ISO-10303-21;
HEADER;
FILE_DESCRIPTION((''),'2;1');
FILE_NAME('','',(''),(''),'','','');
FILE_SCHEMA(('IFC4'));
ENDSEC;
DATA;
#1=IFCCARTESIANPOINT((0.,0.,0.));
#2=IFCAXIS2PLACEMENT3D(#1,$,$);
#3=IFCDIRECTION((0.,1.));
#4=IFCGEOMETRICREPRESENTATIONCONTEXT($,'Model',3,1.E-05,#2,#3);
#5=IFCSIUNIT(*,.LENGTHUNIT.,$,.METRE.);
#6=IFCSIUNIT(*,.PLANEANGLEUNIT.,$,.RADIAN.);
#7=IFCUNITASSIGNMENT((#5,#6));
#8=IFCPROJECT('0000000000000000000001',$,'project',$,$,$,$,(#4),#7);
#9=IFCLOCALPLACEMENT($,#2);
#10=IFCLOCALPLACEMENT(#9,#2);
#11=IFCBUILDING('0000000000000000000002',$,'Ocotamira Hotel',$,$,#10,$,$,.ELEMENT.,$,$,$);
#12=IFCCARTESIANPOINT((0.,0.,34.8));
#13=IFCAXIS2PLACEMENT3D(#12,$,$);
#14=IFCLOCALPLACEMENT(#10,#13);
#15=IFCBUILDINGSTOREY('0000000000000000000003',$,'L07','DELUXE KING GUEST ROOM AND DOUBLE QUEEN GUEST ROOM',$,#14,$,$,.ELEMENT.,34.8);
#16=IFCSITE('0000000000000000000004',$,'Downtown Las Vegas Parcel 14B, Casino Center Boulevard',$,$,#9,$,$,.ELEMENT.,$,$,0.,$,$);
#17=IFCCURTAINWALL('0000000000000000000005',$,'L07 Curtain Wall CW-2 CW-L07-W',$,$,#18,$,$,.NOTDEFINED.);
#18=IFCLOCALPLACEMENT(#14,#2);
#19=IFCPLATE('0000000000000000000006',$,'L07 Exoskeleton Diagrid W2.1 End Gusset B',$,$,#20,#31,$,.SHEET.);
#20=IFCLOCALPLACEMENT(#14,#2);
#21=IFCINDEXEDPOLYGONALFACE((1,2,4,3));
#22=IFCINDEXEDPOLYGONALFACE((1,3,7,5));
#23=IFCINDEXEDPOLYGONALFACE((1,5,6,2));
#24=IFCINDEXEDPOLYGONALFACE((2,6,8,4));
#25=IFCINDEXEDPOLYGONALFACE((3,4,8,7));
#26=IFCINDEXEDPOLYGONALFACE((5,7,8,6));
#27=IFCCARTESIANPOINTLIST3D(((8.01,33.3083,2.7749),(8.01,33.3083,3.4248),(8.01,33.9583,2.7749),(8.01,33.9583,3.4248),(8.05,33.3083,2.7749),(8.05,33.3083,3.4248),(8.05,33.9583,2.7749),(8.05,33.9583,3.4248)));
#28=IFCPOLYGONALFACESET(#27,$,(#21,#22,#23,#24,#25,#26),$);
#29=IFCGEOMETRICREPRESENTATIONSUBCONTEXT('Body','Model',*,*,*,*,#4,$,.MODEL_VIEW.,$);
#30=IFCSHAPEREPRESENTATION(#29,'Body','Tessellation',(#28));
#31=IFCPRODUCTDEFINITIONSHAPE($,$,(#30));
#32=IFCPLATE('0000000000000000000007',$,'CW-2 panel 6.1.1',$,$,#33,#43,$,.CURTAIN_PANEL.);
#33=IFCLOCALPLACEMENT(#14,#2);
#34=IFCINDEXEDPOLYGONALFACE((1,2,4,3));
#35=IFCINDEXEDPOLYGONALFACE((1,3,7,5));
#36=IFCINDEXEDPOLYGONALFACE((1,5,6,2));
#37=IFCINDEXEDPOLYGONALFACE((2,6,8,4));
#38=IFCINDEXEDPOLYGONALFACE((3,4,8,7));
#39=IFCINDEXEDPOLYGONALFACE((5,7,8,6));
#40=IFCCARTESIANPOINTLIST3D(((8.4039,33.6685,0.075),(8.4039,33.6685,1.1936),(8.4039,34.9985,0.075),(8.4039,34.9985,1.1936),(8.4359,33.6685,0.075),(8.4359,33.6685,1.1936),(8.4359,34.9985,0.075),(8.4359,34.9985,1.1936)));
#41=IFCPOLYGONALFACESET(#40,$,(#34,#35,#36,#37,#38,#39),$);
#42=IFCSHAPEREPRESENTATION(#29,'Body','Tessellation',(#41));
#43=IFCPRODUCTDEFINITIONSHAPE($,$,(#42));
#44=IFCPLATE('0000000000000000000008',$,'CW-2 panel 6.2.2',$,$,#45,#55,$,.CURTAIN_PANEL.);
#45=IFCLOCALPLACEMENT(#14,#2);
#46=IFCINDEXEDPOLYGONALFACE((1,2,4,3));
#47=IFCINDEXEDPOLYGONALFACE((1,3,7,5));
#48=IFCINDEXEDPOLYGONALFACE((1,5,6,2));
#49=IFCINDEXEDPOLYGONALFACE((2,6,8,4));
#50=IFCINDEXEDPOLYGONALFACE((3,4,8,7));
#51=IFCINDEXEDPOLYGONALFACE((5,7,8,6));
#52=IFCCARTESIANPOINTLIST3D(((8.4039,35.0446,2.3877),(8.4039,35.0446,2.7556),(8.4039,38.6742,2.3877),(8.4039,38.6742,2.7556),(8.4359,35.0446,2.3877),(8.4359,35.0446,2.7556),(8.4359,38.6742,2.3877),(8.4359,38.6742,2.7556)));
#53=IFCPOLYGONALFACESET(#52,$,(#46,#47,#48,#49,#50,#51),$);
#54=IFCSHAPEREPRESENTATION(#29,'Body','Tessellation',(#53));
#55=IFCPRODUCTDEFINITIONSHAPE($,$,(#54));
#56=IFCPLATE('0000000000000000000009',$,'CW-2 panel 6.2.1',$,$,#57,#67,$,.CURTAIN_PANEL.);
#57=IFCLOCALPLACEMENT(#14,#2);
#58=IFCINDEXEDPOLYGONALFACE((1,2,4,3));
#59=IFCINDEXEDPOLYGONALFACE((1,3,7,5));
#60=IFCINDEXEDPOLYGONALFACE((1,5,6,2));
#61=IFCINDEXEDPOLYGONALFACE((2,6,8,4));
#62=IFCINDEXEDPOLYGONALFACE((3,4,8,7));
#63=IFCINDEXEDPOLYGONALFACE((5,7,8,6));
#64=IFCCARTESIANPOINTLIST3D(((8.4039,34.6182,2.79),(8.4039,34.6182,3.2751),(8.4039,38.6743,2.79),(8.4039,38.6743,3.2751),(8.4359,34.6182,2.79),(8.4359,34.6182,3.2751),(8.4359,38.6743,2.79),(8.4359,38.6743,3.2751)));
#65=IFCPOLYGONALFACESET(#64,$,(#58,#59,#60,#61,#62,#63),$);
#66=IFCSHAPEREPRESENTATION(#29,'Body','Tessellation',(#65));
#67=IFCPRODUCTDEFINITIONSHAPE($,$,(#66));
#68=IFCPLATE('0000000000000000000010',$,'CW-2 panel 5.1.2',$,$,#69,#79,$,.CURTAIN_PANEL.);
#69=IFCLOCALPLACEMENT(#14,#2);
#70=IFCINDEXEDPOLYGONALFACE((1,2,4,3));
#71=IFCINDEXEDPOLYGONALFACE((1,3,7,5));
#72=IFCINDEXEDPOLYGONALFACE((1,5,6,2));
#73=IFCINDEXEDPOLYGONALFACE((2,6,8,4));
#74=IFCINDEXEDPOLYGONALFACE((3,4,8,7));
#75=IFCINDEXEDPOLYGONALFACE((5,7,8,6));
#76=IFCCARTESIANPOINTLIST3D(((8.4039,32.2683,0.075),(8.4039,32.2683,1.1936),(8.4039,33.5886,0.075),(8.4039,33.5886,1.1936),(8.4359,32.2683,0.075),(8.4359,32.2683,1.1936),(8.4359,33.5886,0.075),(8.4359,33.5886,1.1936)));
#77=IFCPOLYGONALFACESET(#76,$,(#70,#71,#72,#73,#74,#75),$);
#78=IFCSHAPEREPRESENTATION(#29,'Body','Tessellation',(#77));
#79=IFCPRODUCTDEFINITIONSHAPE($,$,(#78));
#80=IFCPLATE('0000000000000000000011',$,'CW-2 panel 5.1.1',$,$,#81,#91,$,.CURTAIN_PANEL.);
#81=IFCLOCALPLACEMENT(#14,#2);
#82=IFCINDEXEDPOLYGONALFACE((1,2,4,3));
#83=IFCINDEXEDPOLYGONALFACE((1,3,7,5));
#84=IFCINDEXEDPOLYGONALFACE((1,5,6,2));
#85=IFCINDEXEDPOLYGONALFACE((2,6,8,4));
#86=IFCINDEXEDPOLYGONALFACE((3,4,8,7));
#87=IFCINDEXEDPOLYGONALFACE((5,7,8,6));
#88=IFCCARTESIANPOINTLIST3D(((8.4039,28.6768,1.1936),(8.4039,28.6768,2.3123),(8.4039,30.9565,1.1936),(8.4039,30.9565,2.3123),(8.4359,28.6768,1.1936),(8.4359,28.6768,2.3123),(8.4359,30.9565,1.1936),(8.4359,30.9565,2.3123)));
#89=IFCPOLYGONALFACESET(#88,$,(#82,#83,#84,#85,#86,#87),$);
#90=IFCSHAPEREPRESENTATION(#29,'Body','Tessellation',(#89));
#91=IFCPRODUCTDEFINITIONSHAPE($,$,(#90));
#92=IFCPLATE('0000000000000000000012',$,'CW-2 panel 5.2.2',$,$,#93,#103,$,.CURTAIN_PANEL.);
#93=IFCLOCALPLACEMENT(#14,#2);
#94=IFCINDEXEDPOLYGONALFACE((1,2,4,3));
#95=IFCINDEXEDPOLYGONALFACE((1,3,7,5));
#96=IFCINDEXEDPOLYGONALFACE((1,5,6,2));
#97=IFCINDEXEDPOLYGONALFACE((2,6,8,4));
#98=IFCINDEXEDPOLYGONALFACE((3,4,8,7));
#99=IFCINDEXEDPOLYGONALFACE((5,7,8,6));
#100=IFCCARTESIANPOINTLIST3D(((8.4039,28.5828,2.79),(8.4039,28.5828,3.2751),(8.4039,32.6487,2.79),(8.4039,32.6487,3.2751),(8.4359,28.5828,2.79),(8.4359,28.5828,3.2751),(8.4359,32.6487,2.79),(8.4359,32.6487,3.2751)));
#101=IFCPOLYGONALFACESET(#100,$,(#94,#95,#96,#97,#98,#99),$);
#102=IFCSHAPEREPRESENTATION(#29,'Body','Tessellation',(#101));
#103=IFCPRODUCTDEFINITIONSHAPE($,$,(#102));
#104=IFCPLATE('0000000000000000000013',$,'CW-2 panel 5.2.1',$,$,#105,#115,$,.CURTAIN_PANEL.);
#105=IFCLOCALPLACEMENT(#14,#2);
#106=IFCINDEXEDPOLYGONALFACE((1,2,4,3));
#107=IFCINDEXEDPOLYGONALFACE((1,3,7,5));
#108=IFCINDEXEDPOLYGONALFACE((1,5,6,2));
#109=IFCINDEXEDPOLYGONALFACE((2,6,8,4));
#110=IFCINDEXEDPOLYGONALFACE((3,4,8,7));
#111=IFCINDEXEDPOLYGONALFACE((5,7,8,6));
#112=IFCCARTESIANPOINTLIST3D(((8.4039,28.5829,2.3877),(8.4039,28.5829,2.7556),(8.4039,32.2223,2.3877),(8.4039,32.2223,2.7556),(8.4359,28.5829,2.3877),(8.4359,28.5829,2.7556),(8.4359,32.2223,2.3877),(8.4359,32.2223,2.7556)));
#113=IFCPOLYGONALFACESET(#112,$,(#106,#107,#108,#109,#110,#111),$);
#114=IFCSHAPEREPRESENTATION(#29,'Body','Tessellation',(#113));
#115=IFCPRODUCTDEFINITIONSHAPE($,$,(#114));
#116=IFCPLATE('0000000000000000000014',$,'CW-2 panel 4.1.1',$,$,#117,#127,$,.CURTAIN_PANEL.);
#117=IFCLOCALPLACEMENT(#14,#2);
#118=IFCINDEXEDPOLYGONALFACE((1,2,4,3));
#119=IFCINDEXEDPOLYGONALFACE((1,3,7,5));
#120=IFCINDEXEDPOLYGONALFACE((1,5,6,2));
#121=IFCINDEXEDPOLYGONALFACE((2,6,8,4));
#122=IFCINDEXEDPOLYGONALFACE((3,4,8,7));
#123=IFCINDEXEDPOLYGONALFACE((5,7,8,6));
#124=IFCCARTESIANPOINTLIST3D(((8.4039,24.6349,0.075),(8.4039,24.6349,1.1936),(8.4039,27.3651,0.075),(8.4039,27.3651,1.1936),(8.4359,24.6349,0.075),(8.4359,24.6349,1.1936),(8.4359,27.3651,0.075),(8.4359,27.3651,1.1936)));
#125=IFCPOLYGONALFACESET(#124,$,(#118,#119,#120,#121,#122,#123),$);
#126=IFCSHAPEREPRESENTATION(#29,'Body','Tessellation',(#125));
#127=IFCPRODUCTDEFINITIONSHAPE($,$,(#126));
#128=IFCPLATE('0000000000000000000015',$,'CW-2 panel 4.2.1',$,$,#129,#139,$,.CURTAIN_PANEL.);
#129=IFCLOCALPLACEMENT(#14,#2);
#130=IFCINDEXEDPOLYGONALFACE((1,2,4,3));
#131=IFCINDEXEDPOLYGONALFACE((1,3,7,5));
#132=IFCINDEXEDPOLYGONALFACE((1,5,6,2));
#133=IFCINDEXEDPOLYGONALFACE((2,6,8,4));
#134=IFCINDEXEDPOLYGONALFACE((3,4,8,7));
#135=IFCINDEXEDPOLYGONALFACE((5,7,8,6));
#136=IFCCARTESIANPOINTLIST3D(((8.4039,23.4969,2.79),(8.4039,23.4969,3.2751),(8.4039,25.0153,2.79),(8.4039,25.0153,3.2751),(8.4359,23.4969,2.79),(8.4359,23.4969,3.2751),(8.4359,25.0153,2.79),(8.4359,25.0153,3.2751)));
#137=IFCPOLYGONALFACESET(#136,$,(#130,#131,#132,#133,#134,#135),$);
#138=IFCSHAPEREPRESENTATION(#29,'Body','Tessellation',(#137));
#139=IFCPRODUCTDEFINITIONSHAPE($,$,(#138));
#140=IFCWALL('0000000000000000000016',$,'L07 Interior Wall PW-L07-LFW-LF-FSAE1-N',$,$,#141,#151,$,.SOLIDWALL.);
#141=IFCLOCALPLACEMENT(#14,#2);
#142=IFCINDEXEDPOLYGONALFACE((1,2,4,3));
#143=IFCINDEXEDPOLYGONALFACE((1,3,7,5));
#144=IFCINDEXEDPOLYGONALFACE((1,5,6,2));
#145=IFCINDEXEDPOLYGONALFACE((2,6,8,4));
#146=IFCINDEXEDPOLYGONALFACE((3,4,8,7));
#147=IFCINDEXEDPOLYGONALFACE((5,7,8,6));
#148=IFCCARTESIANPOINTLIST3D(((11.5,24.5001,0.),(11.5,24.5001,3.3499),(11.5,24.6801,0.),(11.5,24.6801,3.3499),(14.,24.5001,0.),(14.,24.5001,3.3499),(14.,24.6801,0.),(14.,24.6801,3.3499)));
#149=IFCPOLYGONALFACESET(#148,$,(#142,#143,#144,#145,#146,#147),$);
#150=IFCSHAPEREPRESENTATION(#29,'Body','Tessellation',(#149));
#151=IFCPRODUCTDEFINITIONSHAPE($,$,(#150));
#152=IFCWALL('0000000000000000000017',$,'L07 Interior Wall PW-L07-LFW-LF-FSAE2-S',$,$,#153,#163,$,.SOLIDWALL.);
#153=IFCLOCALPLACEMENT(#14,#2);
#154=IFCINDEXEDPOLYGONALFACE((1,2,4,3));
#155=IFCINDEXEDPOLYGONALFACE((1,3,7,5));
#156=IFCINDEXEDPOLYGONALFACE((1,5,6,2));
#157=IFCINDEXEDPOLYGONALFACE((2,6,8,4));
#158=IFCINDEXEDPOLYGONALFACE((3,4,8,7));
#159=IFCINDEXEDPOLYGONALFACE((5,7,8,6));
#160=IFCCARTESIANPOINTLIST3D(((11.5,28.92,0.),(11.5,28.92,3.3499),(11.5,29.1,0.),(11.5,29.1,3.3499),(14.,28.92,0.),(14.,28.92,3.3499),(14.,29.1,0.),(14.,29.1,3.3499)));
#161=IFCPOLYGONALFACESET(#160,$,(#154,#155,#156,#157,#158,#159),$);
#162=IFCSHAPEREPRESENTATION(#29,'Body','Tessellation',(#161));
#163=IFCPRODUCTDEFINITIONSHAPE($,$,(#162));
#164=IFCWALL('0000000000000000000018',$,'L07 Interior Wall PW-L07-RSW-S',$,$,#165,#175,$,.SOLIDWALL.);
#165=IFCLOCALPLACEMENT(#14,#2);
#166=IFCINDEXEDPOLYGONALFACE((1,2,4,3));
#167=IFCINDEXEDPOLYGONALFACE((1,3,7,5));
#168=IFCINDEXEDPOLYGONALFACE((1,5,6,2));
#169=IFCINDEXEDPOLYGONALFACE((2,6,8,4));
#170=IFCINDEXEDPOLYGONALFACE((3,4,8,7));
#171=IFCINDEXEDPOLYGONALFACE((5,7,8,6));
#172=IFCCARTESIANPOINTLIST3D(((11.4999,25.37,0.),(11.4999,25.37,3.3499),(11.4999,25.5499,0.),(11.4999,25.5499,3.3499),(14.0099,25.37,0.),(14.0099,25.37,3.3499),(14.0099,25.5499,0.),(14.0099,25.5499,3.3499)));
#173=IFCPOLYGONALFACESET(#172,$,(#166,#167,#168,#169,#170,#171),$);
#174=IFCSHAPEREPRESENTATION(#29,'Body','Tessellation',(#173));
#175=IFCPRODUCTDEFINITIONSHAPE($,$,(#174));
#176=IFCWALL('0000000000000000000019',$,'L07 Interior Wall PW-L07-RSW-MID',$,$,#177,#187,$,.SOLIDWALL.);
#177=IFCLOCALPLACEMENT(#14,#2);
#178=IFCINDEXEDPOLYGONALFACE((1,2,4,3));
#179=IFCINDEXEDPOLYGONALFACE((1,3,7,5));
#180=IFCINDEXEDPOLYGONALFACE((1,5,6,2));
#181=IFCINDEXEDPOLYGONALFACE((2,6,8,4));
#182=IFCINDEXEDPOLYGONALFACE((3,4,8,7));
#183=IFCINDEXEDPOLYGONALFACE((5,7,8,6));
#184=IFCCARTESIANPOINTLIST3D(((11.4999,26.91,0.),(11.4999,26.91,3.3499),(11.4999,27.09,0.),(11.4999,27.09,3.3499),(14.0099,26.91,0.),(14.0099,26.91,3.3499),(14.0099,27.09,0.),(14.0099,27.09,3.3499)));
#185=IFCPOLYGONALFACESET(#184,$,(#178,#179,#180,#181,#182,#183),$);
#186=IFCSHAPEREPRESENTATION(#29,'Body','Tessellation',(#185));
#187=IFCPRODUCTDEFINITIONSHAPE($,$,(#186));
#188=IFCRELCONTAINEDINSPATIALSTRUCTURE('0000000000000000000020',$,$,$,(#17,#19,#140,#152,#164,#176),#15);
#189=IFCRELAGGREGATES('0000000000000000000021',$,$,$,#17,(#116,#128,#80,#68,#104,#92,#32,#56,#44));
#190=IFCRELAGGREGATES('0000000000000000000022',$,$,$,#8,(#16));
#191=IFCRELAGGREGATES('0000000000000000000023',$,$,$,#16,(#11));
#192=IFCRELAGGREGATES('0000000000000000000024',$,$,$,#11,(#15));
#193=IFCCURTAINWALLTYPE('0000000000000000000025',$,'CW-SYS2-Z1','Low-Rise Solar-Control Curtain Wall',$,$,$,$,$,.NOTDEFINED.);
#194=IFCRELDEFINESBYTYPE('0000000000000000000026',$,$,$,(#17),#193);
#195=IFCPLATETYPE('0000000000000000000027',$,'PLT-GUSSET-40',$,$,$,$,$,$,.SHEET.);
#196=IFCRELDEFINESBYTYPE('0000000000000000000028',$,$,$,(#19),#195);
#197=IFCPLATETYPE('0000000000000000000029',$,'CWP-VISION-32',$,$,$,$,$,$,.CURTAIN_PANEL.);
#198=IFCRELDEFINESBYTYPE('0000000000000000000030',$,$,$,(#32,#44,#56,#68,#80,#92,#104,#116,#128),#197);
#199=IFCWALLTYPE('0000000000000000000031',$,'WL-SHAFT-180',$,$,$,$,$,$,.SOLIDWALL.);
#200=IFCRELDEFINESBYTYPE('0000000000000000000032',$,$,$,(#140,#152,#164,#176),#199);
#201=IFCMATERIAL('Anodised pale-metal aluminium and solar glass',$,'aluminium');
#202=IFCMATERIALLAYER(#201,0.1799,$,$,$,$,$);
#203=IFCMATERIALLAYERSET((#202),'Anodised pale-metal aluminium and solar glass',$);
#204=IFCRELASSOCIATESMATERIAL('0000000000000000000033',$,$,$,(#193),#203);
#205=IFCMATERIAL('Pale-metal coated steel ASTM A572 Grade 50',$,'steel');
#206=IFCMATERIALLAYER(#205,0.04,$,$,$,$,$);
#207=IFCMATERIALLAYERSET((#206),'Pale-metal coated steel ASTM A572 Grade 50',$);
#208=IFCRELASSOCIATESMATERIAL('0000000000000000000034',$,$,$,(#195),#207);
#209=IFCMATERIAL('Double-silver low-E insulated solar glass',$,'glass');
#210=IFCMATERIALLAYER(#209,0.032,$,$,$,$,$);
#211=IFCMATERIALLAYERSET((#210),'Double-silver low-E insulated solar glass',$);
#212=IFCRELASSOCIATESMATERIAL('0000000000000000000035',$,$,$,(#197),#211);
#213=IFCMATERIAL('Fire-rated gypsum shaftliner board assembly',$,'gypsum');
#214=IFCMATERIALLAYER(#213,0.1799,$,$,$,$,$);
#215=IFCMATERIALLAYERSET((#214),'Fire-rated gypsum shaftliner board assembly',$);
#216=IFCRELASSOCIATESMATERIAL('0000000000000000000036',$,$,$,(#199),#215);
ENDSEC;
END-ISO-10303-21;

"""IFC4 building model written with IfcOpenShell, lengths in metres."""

from ifc_helpers import new_model, si_unit, direction, frame, frame_2d, origin, origin_2d, place, context, subcontext, project, spatial, rectangle, extrude, source, transform, mapped, material, layer, layer_set, type_object, element, aggregate, save


model = new_model("IFC4")

# Units and contexts
model_context = context("Model", 3, precision=1e-05, world=origin(), true_north=direction((0.0, 1.0)))
body_context = subcontext(model_context, "Body", "Model", "MODEL_VIEW")
ifc_project = project(units=[si_unit("LENGTHUNIT", "METRE"), si_unit("PLANEANGLEUNIT", "RADIAN")], contexts=[model_context])

# Site, building, storey
site_placement = place(None, origin())
site = spatial("IfcSite", under=ifc_project, at=site_placement, Name="Downtown Las Vegas Parcel 14B, Casino Center Boulevard", CompositionType="ELEMENT", RefElevation=0.0)
building_placement = place(site_placement, origin())
building = spatial("IfcBuilding", under=site, at=building_placement, Name="Ocotamira Hotel", CompositionType="ELEMENT")
storey_placement = place(building_placement, frame((0.0, 0.0, 34.8)))
storey = spatial("IfcBuildingStorey", under=building, at=storey_placement, Name="L07", Description="DELUXE KING GUEST ROOM AND DOUBLE QUEEN GUEST ROOM", CompositionType="ELEMENT", Elevation=34.8)

# Curtain wall
ifc_material_1 = material(Name="Anodised pale-metal aluminium and solar glass", Category="aluminium")
ifc_layer_1 = layer(ifc_material_1, 0.1799)
ifc_layer_set_1 = layer_set([ifc_layer_1], Name="Anodised pale-metal aluminium and solar glass")
curtain_wall_type = type_object("IfcCurtainWallType", Name="CW-SYS2-Z1", Description="Low-Rise Solar-Control Curtain Wall", PredefinedType="NOTDEFINED", material=ifc_layer_set_1)
curtain_wall_placement = place(storey_placement, origin())
curtain_wall = element("IfcCurtainWall", 1, at=curtain_wall_placement, inside=storey, type_object=curtain_wall_type, Name="L07 Curtain Wall CW-2 CW-L07-W", PredefinedType="NOTDEFINED")

# Plate
ifc_material_2 = material(Name="Pale-metal coated steel ASTM A572 Grade 50", Category="steel")
ifc_layer_2 = layer(ifc_material_2, 0.04)
ifc_layer_set_2 = layer_set([ifc_layer_2], Name="Pale-metal coated steel ASTM A572 Grade 50")
plate_type_1 = type_object("IfcPlateType", Name="PLT-GUSSET-40", PredefinedType="SHEET", material=ifc_layer_set_2)
shared_shape_1 = source(origin(), body_context, "Body", "SweptSolid", [
    extrude(rectangle(XDim=0.04, YDim=0.6499, at=origin_2d()), origin(), (0.0, 0.0, 1.0), 0.6499),
])
for number, where, z_axis, x_axis, name in (
    (2, (8.03, 33.6333, 2.7749), (0.0, 0.0, 1.0), (1.0, 0.0, 0.0), "L07 Exoskeleton Diagrid W2.1 End Gusset B"),
):
    element("IfcPlate", number, at=place(storey_placement, frame(where, z_axis=z_axis, x_axis=x_axis)), inside=storey, type_object=plate_type_1, Name=name, PredefinedType="SHEET", context=body_context, shape_type="MappedRepresentation", body=[
        mapped(shared_shape_1, transform((0.0, 0.0, 0.0), scale=1.0)),
    ])

# Plates
ifc_material_3 = material(Name="Double-silver low-E insulated solar glass", Category="glass")
ifc_layer_3 = layer(ifc_material_3, 0.032)
ifc_layer_set_3 = layer_set([ifc_layer_3], Name="Double-silver low-E insulated solar glass")
plate_type_2 = type_object("IfcPlateType", Name="CWP-VISION-32", PredefinedType="CURTAIN_PANEL", material=ifc_layer_set_3)
shared_shape_2 = source(origin(), body_context, "Body", "SweptSolid", [
    extrude(rectangle(XDim=1.3301, YDim=0.032, at=origin_2d()), origin(), (0.0, 0.0, 1.0), 1.1187),
])
plate_1_placement = place(storey_placement, frame((8.4199, 34.3335, 0.075), z_axis=(0.0, 0.0, 1.0), x_axis=(0.0, 1.0, 0.0)))
plate_1 = element("IfcPlate", 3, at=plate_1_placement, type_object=plate_type_2, Name="CW-2 panel 6.1.1", PredefinedType="CURTAIN_PANEL", context=body_context, shape_type="MappedRepresentation", body=[
    mapped(shared_shape_2, transform((0.0, 0.0, 0.0), scale=1.0)),
])
shared_shape_3 = source(origin(), body_context, "Body", "SweptSolid", [
    extrude(rectangle(XDim=3.6296, YDim=0.032, at=origin_2d()), origin(), (0.0, 0.0, 1.0), 0.3679),
])
plate_2_placement = place(storey_placement, frame((8.4199, 36.8594, 2.3877), z_axis=(0.0, 0.0, 1.0), x_axis=(0.0, 1.0, 0.0)))
plate_2 = element("IfcPlate", 4, at=plate_2_placement, type_object=plate_type_2, Name="CW-2 panel 6.2.2", PredefinedType="CURTAIN_PANEL", context=body_context, shape_type="MappedRepresentation", body=[
    mapped(shared_shape_3, transform((0.0, 0.0, 0.0), scale=1.0)),
])
shared_shape_4 = source(origin(), body_context, "Body", "SweptSolid", [
    extrude(rectangle(XDim=4.0562, YDim=0.032, at=origin_2d()), origin(), (0.0, 0.0, 1.0), 0.4851),
])
plate_3_placement = place(storey_placement, frame((8.4199, 36.6462, 2.79), z_axis=(0.0, 0.0, 1.0), x_axis=(0.0, 1.0, 0.0)))
plate_3 = element("IfcPlate", 5, at=plate_3_placement, type_object=plate_type_2, Name="CW-2 panel 6.2.1", PredefinedType="CURTAIN_PANEL", context=body_context, shape_type="MappedRepresentation", body=[
    mapped(shared_shape_4, transform((0.0, 0.0, 0.0), scale=1.0)),
])
shared_shape_5 = source(origin(), body_context, "Body", "SweptSolid", [
    extrude(rectangle(XDim=1.3203, YDim=0.032, at=origin_2d()), origin(), (0.0, 0.0, 1.0), 1.1187),
])
plate_4_placement = place(storey_placement, frame((8.4199, 32.9285, 0.075), z_axis=(0.0, 0.0, 1.0), x_axis=(0.0, 1.0, 0.0)))
plate_4 = element("IfcPlate", 6, at=plate_4_placement, type_object=plate_type_2, Name="CW-2 panel 5.1.2", PredefinedType="CURTAIN_PANEL", context=body_context, shape_type="MappedRepresentation", body=[
    mapped(shared_shape_5, transform((0.0, 0.0, 0.0), scale=1.0)),
])
shared_shape_6 = source(origin(), body_context, "Body", "SweptSolid", [
    extrude(rectangle(XDim=2.2798, YDim=0.032, at=origin_2d()), origin(), (0.0, 0.0, 1.0), 1.1187),
])
plate_5_placement = place(storey_placement, frame((8.4199, 29.8167, 1.1936), z_axis=(0.0, 0.0, 1.0), x_axis=(0.0, 1.0, 0.0)))
plate_5 = element("IfcPlate", 7, at=plate_5_placement, type_object=plate_type_2, Name="CW-2 panel 5.1.1", PredefinedType="CURTAIN_PANEL", context=body_context, shape_type="MappedRepresentation", body=[
    mapped(shared_shape_6, transform((0.0, 0.0, 0.0), scale=1.0)),
])
shared_shape_7 = source(origin(), body_context, "Body", "SweptSolid", [
    extrude(rectangle(XDim=4.0659, YDim=0.032, at=origin_2d()), origin(), (0.0, 0.0, 1.0), 0.4851),
])
plate_6_placement = place(storey_placement, frame((8.4199, 30.6157, 2.79), z_axis=(0.0, 0.0, 1.0), x_axis=(0.0, 1.0, 0.0)))
plate_6 = element("IfcPlate", 8, at=plate_6_placement, type_object=plate_type_2, Name="CW-2 panel 5.2.2", PredefinedType="CURTAIN_PANEL", context=body_context, shape_type="MappedRepresentation", body=[
    mapped(shared_shape_7, transform((0.0, 0.0, 0.0), scale=1.0)),
])
shared_shape_8 = source(origin(), body_context, "Body", "SweptSolid", [
    extrude(rectangle(XDim=3.6394, YDim=0.032, at=origin_2d()), origin(), (0.0, 0.0, 1.0), 0.3679),
])
plate_7_placement = place(storey_placement, frame((8.4199, 30.4026, 2.3877), z_axis=(0.0, 0.0, 1.0), x_axis=(0.0, 1.0, 0.0)))
plate_7 = element("IfcPlate", 9, at=plate_7_placement, type_object=plate_type_2, Name="CW-2 panel 5.2.1", PredefinedType="CURTAIN_PANEL", context=body_context, shape_type="MappedRepresentation", body=[
    mapped(shared_shape_8, transform((0.0, 0.0, 0.0), scale=1.0)),
])
shared_shape_9 = source(origin(), body_context, "Body", "SweptSolid", [
    extrude(rectangle(XDim=2.7302, YDim=0.032, at=origin_2d()), origin(), (0.0, 0.0, 1.0), 1.1187),
])
plate_8_placement = place(storey_placement, frame((8.4199, 26.0, 0.075), z_axis=(0.0, 0.0, 1.0), x_axis=(0.0, 1.0, 0.0)))
plate_8 = element("IfcPlate", 10, at=plate_8_placement, type_object=plate_type_2, Name="CW-2 panel 4.1.1", PredefinedType="CURTAIN_PANEL", context=body_context, shape_type="MappedRepresentation", body=[
    mapped(shared_shape_9, transform((0.0, 0.0, 0.0), scale=1.0)),
])
shared_shape_10 = source(origin(), body_context, "Body", "SweptSolid", [
    extrude(rectangle(XDim=1.5183, YDim=0.032, at=origin_2d()), origin(), (0.0, 0.0, 1.0), 0.4851),
])
plate_9_placement = place(storey_placement, frame((8.4199, 24.2561, 2.79), z_axis=(0.0, 0.0, 1.0), x_axis=(0.0, 1.0, 0.0)))
plate_9 = element("IfcPlate", 11, at=plate_9_placement, type_object=plate_type_2, Name="CW-2 panel 4.2.1", PredefinedType="CURTAIN_PANEL", context=body_context, shape_type="MappedRepresentation", body=[
    mapped(shared_shape_10, transform((0.0, 0.0, 0.0), scale=1.0)),
])
aggregate(curtain_wall, [plate_8, plate_9, plate_5, plate_4, plate_7, plate_6, plate_1, plate_3, plate_2])

# Walls
ifc_material_4 = material(Name="Fire-rated gypsum shaftliner board assembly", Category="gypsum")
ifc_layer_4 = layer(ifc_material_4, 0.1799)
ifc_layer_set_4 = layer_set([ifc_layer_4], Name="Fire-rated gypsum shaftliner board assembly")
wall_type_1 = type_object("IfcWallType", Name="WL-SHAFT-180", PredefinedType="SOLIDWALL", material=ifc_layer_set_4)
for number, where, z_axis, x_axis, name in (
    (12, (11.5, 24.5901, 0.0), (0.0, 0.0, 1.0), (1.0, 0.0, 0.0), "L07 Interior Wall PW-L07-LFW-LF-FSAE1-N"),
    (13, (11.5, 29.01, 0.0), (0.0, 0.0, 1.0), (1.0, 0.0, 0.0), "L07 Interior Wall PW-L07-LFW-LF-FSAE2-S"),
):
    element("IfcWall", number, at=place(storey_placement, frame(where, z_axis=z_axis, x_axis=x_axis)), inside=storey, type_object=wall_type_1, Name=name, PredefinedType="SOLIDWALL", context=body_context, shape_type="SweptSolid", body=[
        extrude(rectangle(XDim=2.5, YDim=0.1799, at=frame_2d((1.25, 0.0))), origin(), (0.0, 0.0, 1.0), 3.3499),
    ])
for number, where, z_axis, x_axis, name in (
    (14, (11.5, 25.46, 0.0), (0.0, 0.0, 1.0), (1.0, 0.0, 0.0), "L07 Interior Wall PW-L07-RSW-S"),
    (15, (11.5, 27.0, 0.0), (0.0, 0.0, 1.0), (1.0, 0.0, 0.0), "L07 Interior Wall PW-L07-RSW-MID"),
):
    element("IfcWall", number, at=place(storey_placement, frame(where, z_axis=z_axis, x_axis=x_axis)), inside=storey, type_object=wall_type_1, Name=name, PredefinedType="SOLIDWALL", context=body_context, shape_type="SweptSolid", body=[
        extrude(rectangle(XDim=2.51, YDim=0.1799, at=frame_2d((1.2549, 0.0))), origin(), (0.0, 0.0, 1.0), 3.3499),
    ])

save(model, "model.ifc")
